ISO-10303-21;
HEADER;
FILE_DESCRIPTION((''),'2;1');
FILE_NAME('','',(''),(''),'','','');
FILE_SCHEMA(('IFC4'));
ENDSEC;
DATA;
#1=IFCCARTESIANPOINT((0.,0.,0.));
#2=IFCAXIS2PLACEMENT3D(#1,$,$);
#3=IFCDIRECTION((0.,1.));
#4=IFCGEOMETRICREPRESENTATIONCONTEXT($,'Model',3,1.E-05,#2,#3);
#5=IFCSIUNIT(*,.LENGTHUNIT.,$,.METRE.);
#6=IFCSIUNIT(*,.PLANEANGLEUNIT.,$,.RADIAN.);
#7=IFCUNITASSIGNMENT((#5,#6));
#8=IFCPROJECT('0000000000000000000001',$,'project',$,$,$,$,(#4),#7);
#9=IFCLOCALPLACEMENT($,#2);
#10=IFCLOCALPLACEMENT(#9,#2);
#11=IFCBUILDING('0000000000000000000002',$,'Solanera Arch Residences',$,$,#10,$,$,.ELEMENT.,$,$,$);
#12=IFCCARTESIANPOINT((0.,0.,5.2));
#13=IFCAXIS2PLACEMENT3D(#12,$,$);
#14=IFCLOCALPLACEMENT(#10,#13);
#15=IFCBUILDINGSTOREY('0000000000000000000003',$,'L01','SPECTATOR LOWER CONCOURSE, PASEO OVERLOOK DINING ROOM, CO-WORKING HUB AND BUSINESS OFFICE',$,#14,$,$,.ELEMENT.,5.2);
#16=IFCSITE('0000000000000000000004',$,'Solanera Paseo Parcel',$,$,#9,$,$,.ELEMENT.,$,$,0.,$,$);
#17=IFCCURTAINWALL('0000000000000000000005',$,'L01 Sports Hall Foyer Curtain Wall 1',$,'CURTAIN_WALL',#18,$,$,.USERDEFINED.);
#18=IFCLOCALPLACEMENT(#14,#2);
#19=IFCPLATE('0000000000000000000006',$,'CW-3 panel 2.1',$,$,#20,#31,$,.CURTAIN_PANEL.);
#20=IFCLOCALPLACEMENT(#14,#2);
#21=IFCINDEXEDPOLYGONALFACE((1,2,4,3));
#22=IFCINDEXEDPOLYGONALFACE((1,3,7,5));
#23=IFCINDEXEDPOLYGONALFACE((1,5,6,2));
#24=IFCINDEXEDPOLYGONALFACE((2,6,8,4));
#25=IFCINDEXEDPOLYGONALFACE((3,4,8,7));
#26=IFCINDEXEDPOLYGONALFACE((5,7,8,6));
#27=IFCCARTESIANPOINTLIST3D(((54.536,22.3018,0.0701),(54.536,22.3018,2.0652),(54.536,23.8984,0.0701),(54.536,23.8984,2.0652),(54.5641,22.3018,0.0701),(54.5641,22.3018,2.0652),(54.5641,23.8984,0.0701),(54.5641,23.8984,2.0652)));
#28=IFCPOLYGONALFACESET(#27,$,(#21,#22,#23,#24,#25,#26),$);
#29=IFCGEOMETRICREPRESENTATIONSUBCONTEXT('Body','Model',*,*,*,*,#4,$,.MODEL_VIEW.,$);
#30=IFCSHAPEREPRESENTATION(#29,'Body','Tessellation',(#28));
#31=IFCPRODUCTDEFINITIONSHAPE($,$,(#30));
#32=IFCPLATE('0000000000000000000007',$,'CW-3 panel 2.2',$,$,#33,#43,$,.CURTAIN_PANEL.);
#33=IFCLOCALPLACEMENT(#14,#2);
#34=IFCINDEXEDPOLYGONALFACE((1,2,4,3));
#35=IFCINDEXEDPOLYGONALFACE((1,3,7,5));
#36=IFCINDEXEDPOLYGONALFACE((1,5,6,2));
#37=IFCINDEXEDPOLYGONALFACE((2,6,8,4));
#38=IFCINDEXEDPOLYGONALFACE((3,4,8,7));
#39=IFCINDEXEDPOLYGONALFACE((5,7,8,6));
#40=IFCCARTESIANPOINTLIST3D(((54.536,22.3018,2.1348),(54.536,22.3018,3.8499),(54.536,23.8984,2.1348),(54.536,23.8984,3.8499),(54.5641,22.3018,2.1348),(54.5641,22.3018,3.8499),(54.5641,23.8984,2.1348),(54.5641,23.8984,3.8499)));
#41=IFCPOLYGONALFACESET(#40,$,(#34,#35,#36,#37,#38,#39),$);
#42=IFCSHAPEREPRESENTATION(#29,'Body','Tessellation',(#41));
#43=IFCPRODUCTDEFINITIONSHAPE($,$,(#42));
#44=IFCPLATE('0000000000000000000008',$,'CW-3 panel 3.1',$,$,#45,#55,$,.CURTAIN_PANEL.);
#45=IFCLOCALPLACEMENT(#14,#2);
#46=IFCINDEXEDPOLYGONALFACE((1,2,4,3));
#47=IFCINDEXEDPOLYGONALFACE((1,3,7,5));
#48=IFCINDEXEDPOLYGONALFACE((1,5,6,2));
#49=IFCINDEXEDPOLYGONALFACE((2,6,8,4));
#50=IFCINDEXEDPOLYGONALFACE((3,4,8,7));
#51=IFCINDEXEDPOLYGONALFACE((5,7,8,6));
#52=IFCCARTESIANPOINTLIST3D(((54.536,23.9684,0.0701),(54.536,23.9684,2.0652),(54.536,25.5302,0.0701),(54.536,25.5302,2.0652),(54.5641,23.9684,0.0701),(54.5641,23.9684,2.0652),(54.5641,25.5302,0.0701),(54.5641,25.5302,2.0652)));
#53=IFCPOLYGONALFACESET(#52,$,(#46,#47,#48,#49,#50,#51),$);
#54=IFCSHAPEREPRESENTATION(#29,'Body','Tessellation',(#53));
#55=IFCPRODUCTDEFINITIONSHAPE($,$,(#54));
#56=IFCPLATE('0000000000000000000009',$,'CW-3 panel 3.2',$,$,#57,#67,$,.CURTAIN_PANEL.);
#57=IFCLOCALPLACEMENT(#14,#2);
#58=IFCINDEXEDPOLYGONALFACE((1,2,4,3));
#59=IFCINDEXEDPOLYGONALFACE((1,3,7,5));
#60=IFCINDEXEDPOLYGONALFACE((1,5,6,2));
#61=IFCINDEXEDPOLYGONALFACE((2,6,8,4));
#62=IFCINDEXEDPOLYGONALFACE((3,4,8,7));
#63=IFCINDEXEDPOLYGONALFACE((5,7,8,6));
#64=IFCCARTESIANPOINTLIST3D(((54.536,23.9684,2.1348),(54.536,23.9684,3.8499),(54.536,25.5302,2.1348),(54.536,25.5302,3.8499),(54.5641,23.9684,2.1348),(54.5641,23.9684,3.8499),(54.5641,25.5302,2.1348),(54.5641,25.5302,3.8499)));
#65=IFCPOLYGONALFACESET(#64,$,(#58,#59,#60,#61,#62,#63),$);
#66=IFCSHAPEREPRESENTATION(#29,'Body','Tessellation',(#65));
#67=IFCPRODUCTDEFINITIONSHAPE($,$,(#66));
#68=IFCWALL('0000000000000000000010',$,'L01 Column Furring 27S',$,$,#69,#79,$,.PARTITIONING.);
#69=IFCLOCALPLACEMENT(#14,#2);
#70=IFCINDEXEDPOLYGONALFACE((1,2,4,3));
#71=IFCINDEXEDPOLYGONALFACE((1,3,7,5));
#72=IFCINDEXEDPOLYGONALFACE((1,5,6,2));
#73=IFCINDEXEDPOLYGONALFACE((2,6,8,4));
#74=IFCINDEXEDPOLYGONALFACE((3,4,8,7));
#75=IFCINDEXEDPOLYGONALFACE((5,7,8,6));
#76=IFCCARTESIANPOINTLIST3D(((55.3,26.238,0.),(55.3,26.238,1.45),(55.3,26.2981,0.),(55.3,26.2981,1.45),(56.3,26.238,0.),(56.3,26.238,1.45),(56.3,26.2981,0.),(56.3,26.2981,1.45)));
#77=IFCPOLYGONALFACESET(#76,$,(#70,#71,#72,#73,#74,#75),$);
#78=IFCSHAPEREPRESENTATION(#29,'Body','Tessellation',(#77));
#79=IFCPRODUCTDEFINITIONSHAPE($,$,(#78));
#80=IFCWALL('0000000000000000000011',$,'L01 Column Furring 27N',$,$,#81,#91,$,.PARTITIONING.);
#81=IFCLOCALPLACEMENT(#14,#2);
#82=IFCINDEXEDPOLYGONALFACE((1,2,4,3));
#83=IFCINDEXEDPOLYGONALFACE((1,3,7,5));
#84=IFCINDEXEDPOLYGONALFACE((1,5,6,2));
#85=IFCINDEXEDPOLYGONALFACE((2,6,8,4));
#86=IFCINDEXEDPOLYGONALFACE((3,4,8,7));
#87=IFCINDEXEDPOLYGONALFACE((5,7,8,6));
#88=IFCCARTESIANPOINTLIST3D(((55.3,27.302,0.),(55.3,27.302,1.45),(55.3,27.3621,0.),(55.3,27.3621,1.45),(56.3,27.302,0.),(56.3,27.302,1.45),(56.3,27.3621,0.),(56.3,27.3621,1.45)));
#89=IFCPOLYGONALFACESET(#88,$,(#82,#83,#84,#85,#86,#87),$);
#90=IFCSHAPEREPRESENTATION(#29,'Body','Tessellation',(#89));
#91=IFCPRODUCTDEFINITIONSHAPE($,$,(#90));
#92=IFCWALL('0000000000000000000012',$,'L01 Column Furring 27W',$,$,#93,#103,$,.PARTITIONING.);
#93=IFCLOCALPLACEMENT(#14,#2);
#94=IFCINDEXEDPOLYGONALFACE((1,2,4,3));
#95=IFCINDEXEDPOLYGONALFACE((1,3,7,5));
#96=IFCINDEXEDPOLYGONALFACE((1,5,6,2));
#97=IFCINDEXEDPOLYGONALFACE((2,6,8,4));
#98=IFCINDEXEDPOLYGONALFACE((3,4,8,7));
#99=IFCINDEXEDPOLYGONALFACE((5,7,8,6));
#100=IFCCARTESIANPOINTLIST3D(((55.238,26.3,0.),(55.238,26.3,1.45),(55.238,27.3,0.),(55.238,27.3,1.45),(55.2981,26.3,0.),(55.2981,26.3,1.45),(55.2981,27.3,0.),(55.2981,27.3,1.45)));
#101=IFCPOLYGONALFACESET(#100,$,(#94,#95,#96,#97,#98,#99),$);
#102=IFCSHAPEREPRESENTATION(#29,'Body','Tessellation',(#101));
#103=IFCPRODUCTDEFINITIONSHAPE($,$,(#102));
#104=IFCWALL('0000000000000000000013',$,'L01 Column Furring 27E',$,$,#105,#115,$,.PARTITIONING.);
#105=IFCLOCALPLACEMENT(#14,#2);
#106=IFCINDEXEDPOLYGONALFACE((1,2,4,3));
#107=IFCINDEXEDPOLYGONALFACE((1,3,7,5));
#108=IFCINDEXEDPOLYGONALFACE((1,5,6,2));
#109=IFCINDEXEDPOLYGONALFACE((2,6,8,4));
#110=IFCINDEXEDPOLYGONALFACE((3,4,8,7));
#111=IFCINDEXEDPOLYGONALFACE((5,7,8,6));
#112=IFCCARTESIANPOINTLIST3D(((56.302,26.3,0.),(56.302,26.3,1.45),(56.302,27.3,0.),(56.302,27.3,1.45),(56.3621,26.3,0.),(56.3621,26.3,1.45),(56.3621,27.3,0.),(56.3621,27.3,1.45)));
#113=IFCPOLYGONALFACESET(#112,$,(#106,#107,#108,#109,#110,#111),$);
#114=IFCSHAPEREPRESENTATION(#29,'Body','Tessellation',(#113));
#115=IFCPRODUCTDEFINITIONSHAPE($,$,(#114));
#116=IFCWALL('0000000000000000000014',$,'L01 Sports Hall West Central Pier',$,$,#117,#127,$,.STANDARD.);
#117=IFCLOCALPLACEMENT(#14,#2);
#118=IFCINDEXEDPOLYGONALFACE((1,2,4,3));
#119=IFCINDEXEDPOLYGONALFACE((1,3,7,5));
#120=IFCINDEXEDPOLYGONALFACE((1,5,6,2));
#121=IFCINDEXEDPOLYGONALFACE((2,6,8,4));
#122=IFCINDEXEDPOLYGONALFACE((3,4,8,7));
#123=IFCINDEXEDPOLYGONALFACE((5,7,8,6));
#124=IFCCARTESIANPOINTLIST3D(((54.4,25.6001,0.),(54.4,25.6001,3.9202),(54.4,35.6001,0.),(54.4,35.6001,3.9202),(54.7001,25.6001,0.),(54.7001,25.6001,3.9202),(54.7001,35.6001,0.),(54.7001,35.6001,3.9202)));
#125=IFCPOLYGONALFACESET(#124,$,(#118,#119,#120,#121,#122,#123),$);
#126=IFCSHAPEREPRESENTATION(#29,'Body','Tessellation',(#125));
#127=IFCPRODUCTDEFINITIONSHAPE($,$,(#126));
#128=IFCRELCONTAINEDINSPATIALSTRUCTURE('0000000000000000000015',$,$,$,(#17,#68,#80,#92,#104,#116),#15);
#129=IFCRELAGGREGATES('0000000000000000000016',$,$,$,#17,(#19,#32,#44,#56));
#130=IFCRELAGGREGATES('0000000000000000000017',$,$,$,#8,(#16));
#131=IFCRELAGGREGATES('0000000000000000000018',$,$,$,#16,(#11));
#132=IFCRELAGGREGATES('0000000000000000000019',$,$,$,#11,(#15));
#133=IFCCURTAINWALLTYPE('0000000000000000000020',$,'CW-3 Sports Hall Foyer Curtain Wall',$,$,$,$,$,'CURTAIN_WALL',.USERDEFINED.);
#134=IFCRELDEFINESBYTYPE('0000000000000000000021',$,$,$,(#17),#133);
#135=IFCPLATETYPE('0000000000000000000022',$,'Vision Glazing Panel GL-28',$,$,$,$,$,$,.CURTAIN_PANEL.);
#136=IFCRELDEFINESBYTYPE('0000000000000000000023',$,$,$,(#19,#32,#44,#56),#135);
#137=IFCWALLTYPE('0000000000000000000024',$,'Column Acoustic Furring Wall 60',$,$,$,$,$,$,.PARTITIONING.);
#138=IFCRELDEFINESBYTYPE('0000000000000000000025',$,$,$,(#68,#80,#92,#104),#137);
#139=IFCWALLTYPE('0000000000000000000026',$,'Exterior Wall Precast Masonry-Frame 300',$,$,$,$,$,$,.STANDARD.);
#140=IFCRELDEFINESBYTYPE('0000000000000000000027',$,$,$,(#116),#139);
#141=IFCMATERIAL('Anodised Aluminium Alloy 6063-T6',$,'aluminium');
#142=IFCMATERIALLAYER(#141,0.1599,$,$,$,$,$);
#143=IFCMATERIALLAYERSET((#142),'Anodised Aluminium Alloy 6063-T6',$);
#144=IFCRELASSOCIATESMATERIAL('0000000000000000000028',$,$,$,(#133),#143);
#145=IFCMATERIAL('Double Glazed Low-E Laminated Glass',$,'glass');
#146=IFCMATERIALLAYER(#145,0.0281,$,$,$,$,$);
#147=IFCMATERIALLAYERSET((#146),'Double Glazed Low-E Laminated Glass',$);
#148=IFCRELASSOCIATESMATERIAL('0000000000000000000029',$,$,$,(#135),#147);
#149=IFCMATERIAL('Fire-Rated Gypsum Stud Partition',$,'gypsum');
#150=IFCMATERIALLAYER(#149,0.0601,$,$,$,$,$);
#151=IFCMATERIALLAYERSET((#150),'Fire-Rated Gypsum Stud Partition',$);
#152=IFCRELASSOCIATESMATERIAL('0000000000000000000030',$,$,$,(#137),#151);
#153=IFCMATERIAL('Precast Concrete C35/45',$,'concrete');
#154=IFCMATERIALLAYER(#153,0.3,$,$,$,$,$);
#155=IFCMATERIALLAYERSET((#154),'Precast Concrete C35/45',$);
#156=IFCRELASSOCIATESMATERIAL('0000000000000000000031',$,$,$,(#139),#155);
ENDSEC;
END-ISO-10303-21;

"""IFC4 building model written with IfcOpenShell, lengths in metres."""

from ifc_helpers import new_model, si_unit, direction, frame, frame_2d, origin, origin_2d, place, context, subcontext, project, spatial, rectangle, extrude, material, layer, layer_set, type_object, element, aggregate, save


model = new_model("IFC4")

# Units and contexts
model_context = context("Model", 3, precision=1e-05, world=origin(), true_north=direction((0.0, 1.0)))
body_context = subcontext(model_context, "Body", "Model", "MODEL_VIEW")
ifc_project = project(units=[si_unit("LENGTHUNIT", "METRE"), si_unit("PLANEANGLEUNIT", "RADIAN")], contexts=[model_context])

# Site, building, storey
site_placement = place(None, origin())
site = spatial("IfcSite", under=ifc_project, at=site_placement, Name="Solanera Paseo Parcel", CompositionType="ELEMENT", RefElevation=0.0)
building_placement = place(site_placement, origin())
building = spatial("IfcBuilding", under=site, at=building_placement, Name="Solanera Arch Residences", CompositionType="ELEMENT")
storey_placement = place(building_placement, frame((0.0, 0.0, 5.2)))
storey = spatial("IfcBuildingStorey", under=building, at=storey_placement, Name="L01", Description="SPECTATOR LOWER CONCOURSE, PASEO OVERLOOK DINING ROOM, CO-WORKING HUB AND BUSINESS OFFICE", CompositionType="ELEMENT", Elevation=5.2)

# Curtain wall
ifc_material_1 = material(Name="Anodised Aluminium Alloy 6063-T6", Category="aluminium")
ifc_layer_1 = layer(ifc_material_1, 0.1599)
ifc_layer_set_1 = layer_set([ifc_layer_1], Name="Anodised Aluminium Alloy 6063-T6")
curtain_wall_type = type_object("IfcCurtainWallType", Name="CW-3 Sports Hall Foyer Curtain Wall", ElementType="CURTAIN_WALL", PredefinedType="USERDEFINED", material=ifc_layer_set_1)
curtain_wall_placement = place(storey_placement, origin())
curtain_wall = element("IfcCurtainWall", 1, at=curtain_wall_placement, inside=storey, type_object=curtain_wall_type, Name="L01 Sports Hall Foyer Curtain Wall 1", ObjectType="CURTAIN_WALL", PredefinedType="USERDEFINED")

# Plates
ifc_material_2 = material(Name="Double Glazed Low-E Laminated Glass", Category="glass")
ifc_layer_2 = layer(ifc_material_2, 0.0281)
ifc_layer_set_2 = layer_set([ifc_layer_2], Name="Double Glazed Low-E Laminated Glass")
plate_type = type_object("IfcPlateType", Name="Vision Glazing Panel GL-28", PredefinedType="CURTAIN_PANEL", material=ifc_layer_set_2)
plate_1_placement = place(storey_placement, frame((54.55, 23.1001, 0.0701), z_axis=(0.0, 0.0, 1.0), x_axis=(0.0, 1.0, 0.0)))
plate_1 = element("IfcPlate", 2, at=plate_1_placement, type_object=plate_type, Name="CW-3 panel 2.1", PredefinedType="CURTAIN_PANEL", context=body_context, shape_type="SweptSolid", body=[
    extrude(rectangle(XDim=1.5967, YDim=0.0281, at=origin_2d()), origin(), (0.0, 0.0, 1.0), 1.9951),
])
plate_2_placement = place(storey_placement, frame((54.55, 23.1001, 2.1348), z_axis=(0.0, 0.0, 1.0), x_axis=(0.0, 1.0, 0.0)))
plate_2 = element("IfcPlate", 3, at=plate_2_placement, type_object=plate_type, Name="CW-3 panel 2.2", PredefinedType="CURTAIN_PANEL", context=body_context, shape_type="SweptSolid", body=[
    extrude(rectangle(XDim=1.5967, YDim=0.0281, at=origin_2d()), origin(), (0.0, 0.0, 1.0), 1.7151),
])
plate_3_placement = place(storey_placement, frame((54.55, 24.7493, 0.0701), z_axis=(0.0, 0.0, 1.0), x_axis=(0.0, 1.0, 0.0)))
plate_3 = element("IfcPlate", 4, at=plate_3_placement, type_object=plate_type, Name="CW-3 panel 3.1", PredefinedType="CURTAIN_PANEL", context=body_context, shape_type="SweptSolid", body=[
    extrude(rectangle(XDim=1.5618, YDim=0.0281, at=origin_2d()), origin(), (0.0, 0.0, 1.0), 1.9951),
])
plate_4_placement = place(storey_placement, frame((54.55, 24.7493, 2.1348), z_axis=(0.0, 0.0, 1.0), x_axis=(0.0, 1.0, 0.0)))
plate_4 = element("IfcPlate", 5, at=plate_4_placement, type_object=plate_type, Name="CW-3 panel 3.2", PredefinedType="CURTAIN_PANEL", context=body_context, shape_type="SweptSolid", body=[
    extrude(rectangle(XDim=1.5618, YDim=0.0281, at=origin_2d()), origin(), (0.0, 0.0, 1.0), 1.7151),
])
aggregate(curtain_wall, [plate_1, plate_2, plate_3, plate_4])

# Walls
ifc_material_3 = material(Name="Fire-Rated Gypsum Stud Partition", Category="gypsum")
ifc_layer_3 = layer(ifc_material_3, 0.0601)
ifc_layer_set_3 = layer_set([ifc_layer_3], Name="Fire-Rated Gypsum Stud Partition")
wall_type_1 = type_object("IfcWallType", Name="Column Acoustic Furring Wall 60", PredefinedType="PARTITIONING", material=ifc_layer_set_3)
for number, where, z_axis, x_axis, name in (
    (6, (55.3, 26.2681, 0.0), (0.0, 0.0, 1.0), (1.0, 0.0, 0.0), "L01 Column Furring 27S"),
    (7, (55.3, 27.332, 0.0), (0.0, 0.0, 1.0), (1.0, 0.0, 0.0), "L01 Column Furring 27N"),
    (8, (55.2681, 26.3, 0.0), (0.0, 0.0, 1.0), (0.0, 1.0, 0.0), "L01 Column Furring 27W"),
    (9, (56.332, 26.3, 0.0), (0.0, 0.0, 1.0), (0.0, 1.0, 0.0), "L01 Column Furring 27E"),
):
    element("IfcWall", number, at=place(storey_placement, frame(where, z_axis=z_axis, x_axis=x_axis)), inside=storey, type_object=wall_type_1, Name=name, PredefinedType="PARTITIONING", context=body_context, shape_type="SweptSolid", body=[
        extrude(rectangle(XDim=1.0, YDim=0.0601, at=frame_2d((0.5, 0.0))), origin(), (0.0, 0.0, 1.0), 1.45),
    ])
ifc_material_4 = material(Name="Precast Concrete C35/45", Category="concrete")
ifc_layer_4 = layer(ifc_material_4, 0.3)
ifc_layer_set_4 = layer_set([ifc_layer_4], Name="Precast Concrete C35/45")
wall_type_2 = type_object("IfcWallType", Name="Exterior Wall Precast Masonry-Frame 300", PredefinedType="STANDARD", material=ifc_layer_set_4)
wall_placement = place(storey_placement, frame((54.55, 25.6001, 0.0), z_axis=(0.0, 0.0, 1.0), x_axis=(0.0, 1.0, 0.0)))
element("IfcWall", 10, at=wall_placement, inside=storey, type_object=wall_type_2, Name="L01 Sports Hall West Central Pier", PredefinedType="STANDARD", context=body_context, shape_type="SweptSolid", body=[
    extrude(rectangle(XDim=10.0, YDim=0.3, at=frame_2d((5.0, 0.0))), origin(), (0.0, 0.0, 1.0), 3.9202),
])

save(model, "model.ifc")
